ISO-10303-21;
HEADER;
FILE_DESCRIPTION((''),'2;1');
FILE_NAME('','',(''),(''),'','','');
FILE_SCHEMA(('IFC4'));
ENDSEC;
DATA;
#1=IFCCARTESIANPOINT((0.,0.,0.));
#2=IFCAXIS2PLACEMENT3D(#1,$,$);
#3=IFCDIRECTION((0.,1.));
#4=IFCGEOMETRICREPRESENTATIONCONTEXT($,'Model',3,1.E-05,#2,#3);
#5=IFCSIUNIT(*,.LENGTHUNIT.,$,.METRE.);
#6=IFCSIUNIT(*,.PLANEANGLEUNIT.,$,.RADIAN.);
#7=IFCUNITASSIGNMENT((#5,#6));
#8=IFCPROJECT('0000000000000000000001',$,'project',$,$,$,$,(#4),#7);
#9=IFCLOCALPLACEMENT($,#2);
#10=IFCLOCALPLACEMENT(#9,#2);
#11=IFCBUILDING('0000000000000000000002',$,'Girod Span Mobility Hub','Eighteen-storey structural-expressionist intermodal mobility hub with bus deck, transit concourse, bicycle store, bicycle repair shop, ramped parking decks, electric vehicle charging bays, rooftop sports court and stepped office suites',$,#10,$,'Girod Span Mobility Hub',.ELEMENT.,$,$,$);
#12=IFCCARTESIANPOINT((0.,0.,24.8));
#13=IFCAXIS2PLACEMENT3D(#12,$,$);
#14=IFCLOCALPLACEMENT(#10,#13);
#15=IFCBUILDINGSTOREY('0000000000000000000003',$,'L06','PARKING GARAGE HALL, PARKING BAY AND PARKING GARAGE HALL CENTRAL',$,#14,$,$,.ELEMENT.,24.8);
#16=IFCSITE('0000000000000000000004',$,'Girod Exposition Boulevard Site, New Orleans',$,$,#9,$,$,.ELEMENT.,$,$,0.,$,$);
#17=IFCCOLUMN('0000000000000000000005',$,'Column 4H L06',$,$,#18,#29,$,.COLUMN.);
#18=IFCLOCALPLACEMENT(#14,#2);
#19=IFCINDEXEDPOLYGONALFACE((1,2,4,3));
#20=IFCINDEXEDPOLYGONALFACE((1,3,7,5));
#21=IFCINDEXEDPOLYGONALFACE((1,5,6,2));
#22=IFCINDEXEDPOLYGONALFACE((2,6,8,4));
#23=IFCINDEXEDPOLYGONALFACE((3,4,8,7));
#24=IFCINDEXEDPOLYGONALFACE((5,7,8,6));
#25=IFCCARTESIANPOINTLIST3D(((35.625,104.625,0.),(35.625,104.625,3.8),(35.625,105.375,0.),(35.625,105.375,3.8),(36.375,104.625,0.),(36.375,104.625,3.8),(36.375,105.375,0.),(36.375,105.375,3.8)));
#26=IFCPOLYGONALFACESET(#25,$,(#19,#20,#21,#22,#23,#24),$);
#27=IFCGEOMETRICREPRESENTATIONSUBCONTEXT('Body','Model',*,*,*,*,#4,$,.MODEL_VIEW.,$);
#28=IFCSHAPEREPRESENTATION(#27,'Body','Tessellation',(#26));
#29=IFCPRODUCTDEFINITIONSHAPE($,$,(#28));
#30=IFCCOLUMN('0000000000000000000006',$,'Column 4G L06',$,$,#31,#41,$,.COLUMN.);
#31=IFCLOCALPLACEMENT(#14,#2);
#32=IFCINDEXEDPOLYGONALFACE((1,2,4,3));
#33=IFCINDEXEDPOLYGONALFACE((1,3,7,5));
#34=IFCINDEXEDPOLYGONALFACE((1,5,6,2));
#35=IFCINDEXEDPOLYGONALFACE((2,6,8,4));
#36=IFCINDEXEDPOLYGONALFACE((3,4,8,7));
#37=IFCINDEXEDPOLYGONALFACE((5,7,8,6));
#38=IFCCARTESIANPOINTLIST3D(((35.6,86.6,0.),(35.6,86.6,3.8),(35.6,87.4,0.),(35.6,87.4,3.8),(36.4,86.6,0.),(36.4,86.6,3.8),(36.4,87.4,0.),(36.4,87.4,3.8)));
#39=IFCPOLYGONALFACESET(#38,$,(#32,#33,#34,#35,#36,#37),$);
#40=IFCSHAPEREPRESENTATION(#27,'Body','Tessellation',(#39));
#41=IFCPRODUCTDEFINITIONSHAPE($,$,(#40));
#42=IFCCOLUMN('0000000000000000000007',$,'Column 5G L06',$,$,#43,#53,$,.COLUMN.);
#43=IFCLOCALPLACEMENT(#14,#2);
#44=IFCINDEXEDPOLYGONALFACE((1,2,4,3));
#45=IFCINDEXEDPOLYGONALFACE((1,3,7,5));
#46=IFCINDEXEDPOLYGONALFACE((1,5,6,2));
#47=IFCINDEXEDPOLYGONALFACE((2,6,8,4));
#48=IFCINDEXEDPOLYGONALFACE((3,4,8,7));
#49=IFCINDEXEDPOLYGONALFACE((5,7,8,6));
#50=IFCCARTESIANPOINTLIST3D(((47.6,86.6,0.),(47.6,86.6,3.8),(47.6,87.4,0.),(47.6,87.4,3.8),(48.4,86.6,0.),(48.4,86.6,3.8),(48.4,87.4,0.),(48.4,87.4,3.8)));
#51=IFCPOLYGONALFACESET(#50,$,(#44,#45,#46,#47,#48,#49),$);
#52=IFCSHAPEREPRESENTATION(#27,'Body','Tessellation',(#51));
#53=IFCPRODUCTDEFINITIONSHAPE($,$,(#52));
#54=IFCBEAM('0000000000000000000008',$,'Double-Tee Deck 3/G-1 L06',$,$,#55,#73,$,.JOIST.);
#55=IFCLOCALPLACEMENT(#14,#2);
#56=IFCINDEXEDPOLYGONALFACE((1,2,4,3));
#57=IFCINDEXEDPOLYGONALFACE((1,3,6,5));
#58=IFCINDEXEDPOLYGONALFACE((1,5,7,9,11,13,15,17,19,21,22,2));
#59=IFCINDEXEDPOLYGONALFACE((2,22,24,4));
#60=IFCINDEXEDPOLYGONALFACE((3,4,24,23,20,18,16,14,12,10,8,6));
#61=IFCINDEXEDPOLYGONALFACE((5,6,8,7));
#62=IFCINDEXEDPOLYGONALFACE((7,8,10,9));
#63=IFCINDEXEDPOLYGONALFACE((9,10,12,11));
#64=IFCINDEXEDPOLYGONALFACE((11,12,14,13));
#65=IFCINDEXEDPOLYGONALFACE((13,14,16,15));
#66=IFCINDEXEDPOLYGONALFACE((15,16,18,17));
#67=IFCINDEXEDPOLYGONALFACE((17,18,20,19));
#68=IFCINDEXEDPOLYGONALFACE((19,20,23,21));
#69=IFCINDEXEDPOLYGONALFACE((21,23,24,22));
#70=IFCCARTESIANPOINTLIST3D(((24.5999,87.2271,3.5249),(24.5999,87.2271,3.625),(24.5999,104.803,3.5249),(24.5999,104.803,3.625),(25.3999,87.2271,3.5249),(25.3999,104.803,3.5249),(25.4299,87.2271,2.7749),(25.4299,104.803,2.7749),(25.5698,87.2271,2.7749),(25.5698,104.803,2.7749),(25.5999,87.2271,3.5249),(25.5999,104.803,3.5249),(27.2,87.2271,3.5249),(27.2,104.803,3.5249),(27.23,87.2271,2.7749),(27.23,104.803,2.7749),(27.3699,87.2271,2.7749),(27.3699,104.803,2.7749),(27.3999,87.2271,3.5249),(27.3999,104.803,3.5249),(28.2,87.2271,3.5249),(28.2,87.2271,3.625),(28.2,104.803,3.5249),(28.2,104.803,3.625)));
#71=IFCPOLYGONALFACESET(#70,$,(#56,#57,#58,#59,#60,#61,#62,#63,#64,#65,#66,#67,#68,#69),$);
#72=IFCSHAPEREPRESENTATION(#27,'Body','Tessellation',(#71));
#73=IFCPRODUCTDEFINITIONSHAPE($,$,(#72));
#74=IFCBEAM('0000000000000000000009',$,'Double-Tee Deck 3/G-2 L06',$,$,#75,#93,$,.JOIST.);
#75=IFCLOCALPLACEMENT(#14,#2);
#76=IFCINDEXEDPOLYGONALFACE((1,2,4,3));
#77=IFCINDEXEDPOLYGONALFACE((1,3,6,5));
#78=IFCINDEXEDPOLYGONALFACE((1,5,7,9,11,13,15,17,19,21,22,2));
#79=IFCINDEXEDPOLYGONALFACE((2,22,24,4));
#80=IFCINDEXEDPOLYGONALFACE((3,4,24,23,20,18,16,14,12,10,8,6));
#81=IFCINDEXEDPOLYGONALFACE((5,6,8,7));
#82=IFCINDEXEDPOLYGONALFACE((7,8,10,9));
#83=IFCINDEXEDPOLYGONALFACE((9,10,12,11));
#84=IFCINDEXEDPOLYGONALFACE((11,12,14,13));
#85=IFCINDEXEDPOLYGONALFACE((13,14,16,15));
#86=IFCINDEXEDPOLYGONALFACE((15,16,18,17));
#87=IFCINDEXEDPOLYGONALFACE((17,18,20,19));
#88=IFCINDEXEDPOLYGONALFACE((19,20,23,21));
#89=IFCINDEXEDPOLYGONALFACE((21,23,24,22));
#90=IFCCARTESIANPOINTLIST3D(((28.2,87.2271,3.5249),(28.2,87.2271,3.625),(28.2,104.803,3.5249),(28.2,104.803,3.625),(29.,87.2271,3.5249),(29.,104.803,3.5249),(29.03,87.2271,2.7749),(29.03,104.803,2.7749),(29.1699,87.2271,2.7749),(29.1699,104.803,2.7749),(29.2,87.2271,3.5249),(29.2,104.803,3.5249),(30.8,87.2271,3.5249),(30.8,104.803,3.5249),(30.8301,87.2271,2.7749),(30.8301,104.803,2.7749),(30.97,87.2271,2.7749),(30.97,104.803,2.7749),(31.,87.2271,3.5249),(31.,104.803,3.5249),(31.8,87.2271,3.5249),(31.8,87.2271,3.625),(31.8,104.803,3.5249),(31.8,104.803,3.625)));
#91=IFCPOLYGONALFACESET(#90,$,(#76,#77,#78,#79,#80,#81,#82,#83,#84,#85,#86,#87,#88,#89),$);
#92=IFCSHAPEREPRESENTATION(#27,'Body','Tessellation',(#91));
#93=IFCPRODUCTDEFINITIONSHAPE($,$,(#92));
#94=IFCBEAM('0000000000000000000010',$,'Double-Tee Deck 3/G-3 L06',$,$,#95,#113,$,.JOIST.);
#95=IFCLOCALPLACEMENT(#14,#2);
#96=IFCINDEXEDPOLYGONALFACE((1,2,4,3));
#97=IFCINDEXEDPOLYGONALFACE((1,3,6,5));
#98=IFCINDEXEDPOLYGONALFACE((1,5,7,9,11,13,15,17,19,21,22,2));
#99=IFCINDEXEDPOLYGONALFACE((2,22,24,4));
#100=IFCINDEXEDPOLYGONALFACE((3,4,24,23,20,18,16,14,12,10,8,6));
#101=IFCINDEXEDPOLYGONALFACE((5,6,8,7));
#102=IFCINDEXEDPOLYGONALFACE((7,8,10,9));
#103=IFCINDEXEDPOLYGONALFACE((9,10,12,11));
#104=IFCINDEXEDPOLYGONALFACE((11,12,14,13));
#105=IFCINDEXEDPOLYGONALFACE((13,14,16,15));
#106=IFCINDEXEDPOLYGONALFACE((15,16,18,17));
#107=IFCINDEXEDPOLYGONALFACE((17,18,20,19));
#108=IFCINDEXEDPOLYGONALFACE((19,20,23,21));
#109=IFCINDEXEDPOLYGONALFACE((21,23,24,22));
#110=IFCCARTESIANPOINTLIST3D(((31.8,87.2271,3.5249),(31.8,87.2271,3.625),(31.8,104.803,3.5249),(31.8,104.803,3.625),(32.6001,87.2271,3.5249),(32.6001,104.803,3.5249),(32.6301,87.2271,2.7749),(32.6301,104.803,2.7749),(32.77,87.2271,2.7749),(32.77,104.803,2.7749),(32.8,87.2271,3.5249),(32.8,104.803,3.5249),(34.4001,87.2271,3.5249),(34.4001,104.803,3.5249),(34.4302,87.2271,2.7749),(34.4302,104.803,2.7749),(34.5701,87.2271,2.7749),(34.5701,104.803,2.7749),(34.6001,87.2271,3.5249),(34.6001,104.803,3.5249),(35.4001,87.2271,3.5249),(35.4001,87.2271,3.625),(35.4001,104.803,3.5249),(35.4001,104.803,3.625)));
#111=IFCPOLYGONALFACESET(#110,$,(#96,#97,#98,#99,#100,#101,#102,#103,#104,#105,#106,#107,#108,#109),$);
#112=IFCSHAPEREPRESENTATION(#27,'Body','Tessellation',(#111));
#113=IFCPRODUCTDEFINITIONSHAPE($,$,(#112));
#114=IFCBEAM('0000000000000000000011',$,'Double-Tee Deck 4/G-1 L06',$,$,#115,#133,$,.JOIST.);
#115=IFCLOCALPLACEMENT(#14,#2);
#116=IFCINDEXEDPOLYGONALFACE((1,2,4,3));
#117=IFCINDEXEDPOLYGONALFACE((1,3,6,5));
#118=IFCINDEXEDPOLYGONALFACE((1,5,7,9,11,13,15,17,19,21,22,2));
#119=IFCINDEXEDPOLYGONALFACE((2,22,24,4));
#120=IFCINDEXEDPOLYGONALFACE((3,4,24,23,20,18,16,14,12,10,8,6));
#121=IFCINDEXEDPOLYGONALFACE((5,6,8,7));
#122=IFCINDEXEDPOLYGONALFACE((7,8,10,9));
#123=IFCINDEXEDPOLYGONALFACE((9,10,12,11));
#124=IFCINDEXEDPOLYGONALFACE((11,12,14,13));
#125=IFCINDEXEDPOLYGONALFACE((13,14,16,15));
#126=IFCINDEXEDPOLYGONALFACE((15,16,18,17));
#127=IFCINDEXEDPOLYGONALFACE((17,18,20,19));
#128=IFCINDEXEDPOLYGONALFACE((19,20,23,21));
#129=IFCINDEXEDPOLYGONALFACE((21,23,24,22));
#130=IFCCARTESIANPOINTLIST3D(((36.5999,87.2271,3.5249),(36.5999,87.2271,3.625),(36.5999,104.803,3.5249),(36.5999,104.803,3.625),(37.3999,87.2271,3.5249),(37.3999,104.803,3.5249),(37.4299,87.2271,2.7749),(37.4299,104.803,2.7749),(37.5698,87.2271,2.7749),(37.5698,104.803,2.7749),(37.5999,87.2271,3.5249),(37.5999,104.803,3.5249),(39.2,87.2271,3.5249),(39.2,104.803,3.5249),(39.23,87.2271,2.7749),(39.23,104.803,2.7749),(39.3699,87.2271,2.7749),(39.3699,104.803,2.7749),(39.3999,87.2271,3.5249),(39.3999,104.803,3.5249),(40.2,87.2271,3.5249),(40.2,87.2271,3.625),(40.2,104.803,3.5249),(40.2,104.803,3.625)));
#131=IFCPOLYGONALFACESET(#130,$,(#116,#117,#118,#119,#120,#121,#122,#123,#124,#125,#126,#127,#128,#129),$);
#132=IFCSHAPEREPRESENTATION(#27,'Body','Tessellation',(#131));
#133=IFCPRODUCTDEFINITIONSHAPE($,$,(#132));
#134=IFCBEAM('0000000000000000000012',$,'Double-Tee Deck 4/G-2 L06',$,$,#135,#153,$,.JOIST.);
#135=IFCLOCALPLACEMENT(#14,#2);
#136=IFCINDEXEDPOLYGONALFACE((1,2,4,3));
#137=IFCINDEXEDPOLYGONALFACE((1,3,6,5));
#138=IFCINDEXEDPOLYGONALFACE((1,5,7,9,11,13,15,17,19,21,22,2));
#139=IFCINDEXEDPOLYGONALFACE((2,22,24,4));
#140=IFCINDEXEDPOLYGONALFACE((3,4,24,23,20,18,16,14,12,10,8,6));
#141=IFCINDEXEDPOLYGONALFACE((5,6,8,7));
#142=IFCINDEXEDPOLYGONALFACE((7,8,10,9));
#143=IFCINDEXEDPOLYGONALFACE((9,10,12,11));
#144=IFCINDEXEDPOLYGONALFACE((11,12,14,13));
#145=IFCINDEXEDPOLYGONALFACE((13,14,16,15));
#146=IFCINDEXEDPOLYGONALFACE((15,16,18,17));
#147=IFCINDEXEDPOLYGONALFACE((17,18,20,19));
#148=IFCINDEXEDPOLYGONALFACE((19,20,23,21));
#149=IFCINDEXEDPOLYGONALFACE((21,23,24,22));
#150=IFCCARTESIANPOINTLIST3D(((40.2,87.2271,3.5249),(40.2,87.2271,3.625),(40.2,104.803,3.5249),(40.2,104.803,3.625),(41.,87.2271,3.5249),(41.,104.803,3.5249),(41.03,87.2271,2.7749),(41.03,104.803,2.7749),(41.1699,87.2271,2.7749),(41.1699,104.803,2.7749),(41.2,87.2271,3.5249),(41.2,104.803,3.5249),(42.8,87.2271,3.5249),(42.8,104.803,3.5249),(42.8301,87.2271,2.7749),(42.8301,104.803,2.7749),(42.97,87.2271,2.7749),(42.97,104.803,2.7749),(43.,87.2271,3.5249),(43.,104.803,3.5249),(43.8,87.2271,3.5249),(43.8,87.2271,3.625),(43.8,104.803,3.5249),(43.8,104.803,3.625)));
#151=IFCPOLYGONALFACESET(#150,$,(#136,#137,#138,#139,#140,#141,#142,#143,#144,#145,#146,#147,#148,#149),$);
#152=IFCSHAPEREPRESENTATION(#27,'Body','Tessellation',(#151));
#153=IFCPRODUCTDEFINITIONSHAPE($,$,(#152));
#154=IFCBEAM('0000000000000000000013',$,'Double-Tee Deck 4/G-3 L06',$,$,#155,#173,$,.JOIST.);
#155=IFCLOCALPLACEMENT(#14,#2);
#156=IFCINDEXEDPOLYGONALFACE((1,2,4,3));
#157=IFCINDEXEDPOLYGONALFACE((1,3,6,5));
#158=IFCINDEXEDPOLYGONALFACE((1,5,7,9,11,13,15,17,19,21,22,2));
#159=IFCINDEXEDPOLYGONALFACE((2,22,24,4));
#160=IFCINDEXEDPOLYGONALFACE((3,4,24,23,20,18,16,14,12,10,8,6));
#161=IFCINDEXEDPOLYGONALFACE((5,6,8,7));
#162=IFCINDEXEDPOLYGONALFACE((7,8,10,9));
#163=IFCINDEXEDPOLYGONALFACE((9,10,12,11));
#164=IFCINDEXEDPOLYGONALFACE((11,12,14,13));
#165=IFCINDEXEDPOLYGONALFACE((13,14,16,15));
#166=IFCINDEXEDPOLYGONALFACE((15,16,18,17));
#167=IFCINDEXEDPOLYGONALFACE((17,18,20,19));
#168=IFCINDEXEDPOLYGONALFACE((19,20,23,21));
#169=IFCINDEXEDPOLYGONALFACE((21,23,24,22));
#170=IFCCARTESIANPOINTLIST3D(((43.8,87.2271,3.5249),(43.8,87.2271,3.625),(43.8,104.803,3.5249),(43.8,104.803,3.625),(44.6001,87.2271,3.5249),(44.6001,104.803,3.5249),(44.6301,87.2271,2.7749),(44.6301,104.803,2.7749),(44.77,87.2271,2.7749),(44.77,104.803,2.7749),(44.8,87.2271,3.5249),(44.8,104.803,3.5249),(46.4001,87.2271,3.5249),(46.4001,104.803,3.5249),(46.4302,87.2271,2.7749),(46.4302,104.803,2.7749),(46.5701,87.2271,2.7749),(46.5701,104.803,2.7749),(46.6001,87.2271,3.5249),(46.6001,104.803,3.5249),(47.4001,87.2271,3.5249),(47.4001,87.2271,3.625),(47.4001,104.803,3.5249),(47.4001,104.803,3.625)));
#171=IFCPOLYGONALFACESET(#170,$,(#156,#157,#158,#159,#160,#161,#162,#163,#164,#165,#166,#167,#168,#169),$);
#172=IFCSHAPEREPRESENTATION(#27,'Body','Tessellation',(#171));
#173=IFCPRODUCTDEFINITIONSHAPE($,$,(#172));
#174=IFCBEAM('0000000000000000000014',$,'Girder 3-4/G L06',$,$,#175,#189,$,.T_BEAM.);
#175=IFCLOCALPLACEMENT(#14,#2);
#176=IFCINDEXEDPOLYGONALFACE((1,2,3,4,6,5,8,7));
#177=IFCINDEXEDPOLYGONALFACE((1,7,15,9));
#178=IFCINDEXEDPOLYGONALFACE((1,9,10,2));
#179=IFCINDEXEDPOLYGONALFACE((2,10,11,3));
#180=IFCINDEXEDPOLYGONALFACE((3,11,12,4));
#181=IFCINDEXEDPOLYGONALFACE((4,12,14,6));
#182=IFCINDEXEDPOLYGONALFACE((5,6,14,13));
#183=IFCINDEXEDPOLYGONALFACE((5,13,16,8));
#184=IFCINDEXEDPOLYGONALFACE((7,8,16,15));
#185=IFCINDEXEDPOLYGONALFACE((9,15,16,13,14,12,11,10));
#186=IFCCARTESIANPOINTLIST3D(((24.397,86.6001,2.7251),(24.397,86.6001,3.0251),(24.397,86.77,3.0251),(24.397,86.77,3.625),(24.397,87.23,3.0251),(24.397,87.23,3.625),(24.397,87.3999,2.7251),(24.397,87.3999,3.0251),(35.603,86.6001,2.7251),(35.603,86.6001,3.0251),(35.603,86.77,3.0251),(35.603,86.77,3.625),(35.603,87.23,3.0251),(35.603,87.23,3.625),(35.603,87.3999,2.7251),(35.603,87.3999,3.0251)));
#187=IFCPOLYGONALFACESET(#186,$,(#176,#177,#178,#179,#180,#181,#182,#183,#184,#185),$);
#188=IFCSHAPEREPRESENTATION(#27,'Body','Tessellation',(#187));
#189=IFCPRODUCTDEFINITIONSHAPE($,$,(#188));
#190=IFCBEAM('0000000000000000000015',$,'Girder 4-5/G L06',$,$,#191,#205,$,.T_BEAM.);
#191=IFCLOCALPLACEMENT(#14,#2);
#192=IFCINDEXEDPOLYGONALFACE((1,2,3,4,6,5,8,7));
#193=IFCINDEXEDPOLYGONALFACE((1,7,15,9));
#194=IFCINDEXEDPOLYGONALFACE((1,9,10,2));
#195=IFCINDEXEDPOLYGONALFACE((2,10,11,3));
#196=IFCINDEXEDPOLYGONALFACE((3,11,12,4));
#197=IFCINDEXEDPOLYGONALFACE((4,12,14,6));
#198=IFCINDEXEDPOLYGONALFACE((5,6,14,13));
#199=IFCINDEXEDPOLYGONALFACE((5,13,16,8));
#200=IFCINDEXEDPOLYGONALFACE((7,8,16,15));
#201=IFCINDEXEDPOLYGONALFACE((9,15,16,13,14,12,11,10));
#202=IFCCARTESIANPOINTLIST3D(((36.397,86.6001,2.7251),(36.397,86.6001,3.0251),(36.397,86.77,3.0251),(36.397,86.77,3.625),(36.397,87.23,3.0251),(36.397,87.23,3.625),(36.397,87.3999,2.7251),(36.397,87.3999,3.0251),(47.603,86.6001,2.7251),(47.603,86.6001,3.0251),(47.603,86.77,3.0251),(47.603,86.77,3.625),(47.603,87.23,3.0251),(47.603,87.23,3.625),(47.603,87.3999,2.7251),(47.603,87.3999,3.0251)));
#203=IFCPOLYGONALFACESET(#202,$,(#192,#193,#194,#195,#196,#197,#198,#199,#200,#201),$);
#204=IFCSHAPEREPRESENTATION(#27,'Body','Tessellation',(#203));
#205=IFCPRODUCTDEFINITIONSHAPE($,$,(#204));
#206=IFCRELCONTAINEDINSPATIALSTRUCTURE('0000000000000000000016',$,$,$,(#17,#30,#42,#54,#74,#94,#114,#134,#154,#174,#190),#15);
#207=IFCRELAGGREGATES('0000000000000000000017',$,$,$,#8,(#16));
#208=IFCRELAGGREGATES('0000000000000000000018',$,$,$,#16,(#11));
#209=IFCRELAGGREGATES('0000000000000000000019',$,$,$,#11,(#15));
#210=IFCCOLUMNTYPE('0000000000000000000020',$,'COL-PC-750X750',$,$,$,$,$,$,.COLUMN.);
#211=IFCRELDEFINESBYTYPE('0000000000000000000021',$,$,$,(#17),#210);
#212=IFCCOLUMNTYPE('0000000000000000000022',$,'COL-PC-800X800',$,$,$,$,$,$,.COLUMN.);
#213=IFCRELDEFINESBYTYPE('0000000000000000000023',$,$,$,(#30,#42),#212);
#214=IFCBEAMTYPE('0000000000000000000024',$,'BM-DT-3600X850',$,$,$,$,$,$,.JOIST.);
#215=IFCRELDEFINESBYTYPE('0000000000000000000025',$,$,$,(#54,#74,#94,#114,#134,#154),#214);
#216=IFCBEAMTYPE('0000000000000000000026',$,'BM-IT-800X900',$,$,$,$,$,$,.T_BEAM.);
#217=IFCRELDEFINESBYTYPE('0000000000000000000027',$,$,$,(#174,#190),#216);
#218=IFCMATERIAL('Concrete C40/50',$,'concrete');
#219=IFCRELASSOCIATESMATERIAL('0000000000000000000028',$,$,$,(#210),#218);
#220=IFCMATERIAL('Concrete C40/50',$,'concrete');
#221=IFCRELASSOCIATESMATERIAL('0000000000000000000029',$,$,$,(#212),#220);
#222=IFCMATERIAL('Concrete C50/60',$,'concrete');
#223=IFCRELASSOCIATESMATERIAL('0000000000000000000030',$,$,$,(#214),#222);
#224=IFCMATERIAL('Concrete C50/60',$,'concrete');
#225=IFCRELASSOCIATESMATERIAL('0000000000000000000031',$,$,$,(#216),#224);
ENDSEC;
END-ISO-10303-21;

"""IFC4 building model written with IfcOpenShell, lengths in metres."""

from ifc_helpers import new_model, si_unit, direction, frame, origin, origin_2d, place, context, subcontext, project, spatial, polyline, rectangle, outline, extrude, material, material_profile, profile_set, type_object, element, save


model = new_model("IFC4")

# Units and contexts
model_context = context("Model", 3, precision=1e-05, world=origin(), true_north=direction((0.0, 1.0)))
body_context = subcontext(model_context, "Body", "Model", "MODEL_VIEW")
ifc_project = project(units=[si_unit("LENGTHUNIT", "METRE"), si_unit("PLANEANGLEUNIT", "RADIAN")], contexts=[model_context])

# Site, building, storey
site_placement = place(None, origin())
site = spatial("IfcSite", under=ifc_project, at=site_placement, Name="Girod Exposition Boulevard Site, New Orleans", CompositionType="ELEMENT", RefElevation=0.0)
building_placement = place(site_placement, origin())
building = spatial("IfcBuilding", under=site, at=building_placement, Name="Girod Span Mobility Hub", Description="Eighteen-storey structural-expressionist intermodal mobility hub with bus deck, transit concourse, bicycle store, bicycle repair shop, ramped parking decks, electric vehicle charging bays, rooftop sports court and stepped office suites", LongName="Girod Span Mobility Hub", CompositionType="ELEMENT")
storey_placement = place(building_placement, frame((0.0, 0.0, 24.8)))
storey = spatial("IfcBuildingStorey", under=building, at=storey_placement, Name="L06", Description="PARKING GARAGE HALL, PARKING BAY AND PARKING GARAGE HALL CENTRAL", CompositionType="ELEMENT", Elevation=24.8)

# Columns
ifc_material_1 = material(Name="Concrete C40/50", Category="concrete")
ifc_material_profile_1 = material_profile(ifc_material_1, rectangle(XDim=0.75, YDim=0.75, at=origin_2d()), Name="PC-COL-750X750")
ifc_profile_set_1 = profile_set([ifc_material_profile_1], Name="Concrete C40/50")
column_type_1 = type_object("IfcColumnType", Name="COL-PC-750X750", PredefinedType="COLUMN", material=ifc_profile_set_1)
column_placement = place(storey_placement, frame((36.0, 105.0, 0.0), z_axis=(0.0, 0.0, 1.0), x_axis=(1.0, 0.0, 0.0)))
element("IfcColumn", 1, at=column_placement, inside=storey, type_object=column_type_1, Name="Column 4H L06", PredefinedType="COLUMN", context=body_context, shape_type="SweptSolid", body=[
    extrude(rectangle(XDim=0.75, YDim=0.75, at=origin_2d()), origin(), (0.0, 0.0, 1.0), 3.8),
])
ifc_material_2 = material(Name="Concrete C40/50", Category="concrete")
ifc_material_profile_2 = material_profile(ifc_material_2, rectangle(XDim=0.8, YDim=0.8, at=origin_2d()), Name="PC-COL-800X800")
ifc_profile_set_2 = profile_set([ifc_material_profile_2], Name="Concrete C40/50")
column_type_2 = type_object("IfcColumnType", Name="COL-PC-800X800", PredefinedType="COLUMN", material=ifc_profile_set_2)
for number, where, z_axis, x_axis, name in (
    (2, (36.0, 87.0, 0.0), (0.0, 0.0, 1.0), (1.0, 0.0, 0.0), "Column 4G L06"),
    (3, (48.0, 87.0, 0.0), (0.0, 0.0, 1.0), (1.0, 0.0, 0.0), "Column 5G L06"),
):
    element("IfcColumn", number, at=place(storey_placement, frame(where, z_axis=z_axis, x_axis=x_axis)), inside=storey, type_object=column_type_2, Name=name, PredefinedType="COLUMN", context=body_context, shape_type="SweptSolid", body=[
        extrude(rectangle(XDim=0.8, YDim=0.8, at=origin_2d()), origin(), (0.0, 0.0, 1.0), 3.8),
    ])

# Beams
ifc_material_3 = material(Name="Concrete C50/60", Category="concrete")
ifc_material_profile_3 = material_profile(ifc_material_3, outline(polyline([(-1.8, 0.425), (-1.8, 0.325), (-1.0, 0.325), (-0.97, -0.425), (-0.8301, -0.425), (-0.8, 0.325), (0.8, 0.325), (0.8301, -0.425), (0.97, -0.425), (1.0, 0.325), (1.8, 0.325), (1.8, 0.425), (-1.8, 0.425)])), Name="DT-3600X850")
ifc_profile_set_3 = profile_set([ifc_material_profile_3], Name="Concrete C50/60")
beam_type_1 = type_object("IfcBeamType", Name="BM-DT-3600X850", PredefinedType="JOIST", material=ifc_profile_set_3)
for number, where, z_axis, x_axis, name in (
    (4, (26.3999, 87.2271, 3.2), (0.0, 1.0, 0.0), (-1.0, 0.0, 0.0), "Double-Tee Deck 3/G-1 L06"),
    (5, (30.0, 87.2271, 3.2), (0.0, 1.0, 0.0), (-1.0, 0.0, 0.0), "Double-Tee Deck 3/G-2 L06"),
    (6, (33.6001, 87.2271, 3.2), (0.0, 1.0, 0.0), (-1.0, 0.0, 0.0), "Double-Tee Deck 3/G-3 L06"),
    (7, (38.3999, 87.2271, 3.2), (0.0, 1.0, 0.0), (-1.0, 0.0, 0.0), "Double-Tee Deck 4/G-1 L06"),
    (8, (42.0, 87.2271, 3.2), (0.0, 1.0, 0.0), (-1.0, 0.0, 0.0), "Double-Tee Deck 4/G-2 L06"),
    (9, (45.6001, 87.2271, 3.2), (0.0, 1.0, 0.0), (-1.0, 0.0, 0.0), "Double-Tee Deck 4/G-3 L06"),
):
    element("IfcBeam", number, at=place(storey_placement, frame(where, z_axis=z_axis, x_axis=x_axis)), inside=storey, type_object=beam_type_1, Name=name, PredefinedType="JOIST", context=body_context, shape_type="SweptSolid", body=[
        extrude(outline(polyline([(-1.8, 0.425), (-1.8, 0.325), (-1.0, 0.325), (-0.97, -0.425), (-0.8301, -0.425), (-0.8, 0.325), (0.8, 0.325), (0.8301, -0.425), (0.97, -0.425), (1.0, 0.325), (1.8, 0.325), (1.8, 0.425), (-1.8, 0.425)])), origin(), (0.0, 0.0, 1.0), 17.5759),
    ])
ifc_material_4 = material(Name="Concrete C50/60", Category="concrete")
ifc_material_profile_4 = material_profile(ifc_material_4, outline(polyline([(-0.3999, -0.45), (0.3999, -0.45), (0.3999, -0.1499), (0.23, -0.1499), (0.23, 0.45), (-0.23, 0.45), (-0.23, -0.1499), (-0.3999, -0.1499), (-0.3999, -0.45)])), Name="IT-800X900")
ifc_profile_set_4 = profile_set([ifc_material_profile_4], Name="Concrete C50/60")
beam_type_2 = type_object("IfcBeamType", Name="BM-IT-800X900", PredefinedType="T_BEAM", material=ifc_profile_set_4)
for number, where, z_axis, x_axis, name in (
    (10, (24.397, 87.0, 3.175), (1.0, 0.0, 0.0), (0.0, 1.0, 0.0), "Girder 3-4/G L06"),
    (11, (36.397, 87.0, 3.175), (1.0, 0.0, 0.0), (0.0, 1.0, 0.0), "Girder 4-5/G L06"),
):
    element("IfcBeam", number, at=place(storey_placement, frame(where, z_axis=z_axis, x_axis=x_axis)), inside=storey, type_object=beam_type_2, Name=name, PredefinedType="T_BEAM", context=body_context, shape_type="SweptSolid", body=[
        extrude(outline(polyline([(-0.3999, -0.45), (0.3999, -0.45), (0.3999, -0.1499), (0.23, -0.1499), (0.23, 0.45), (-0.23, 0.45), (-0.23, -0.1499), (-0.3999, -0.1499), (-0.3999, -0.45)])), origin(), (0.0, 0.0, 1.0), 11.2061),
    ])

save(model, "model.ifc")
